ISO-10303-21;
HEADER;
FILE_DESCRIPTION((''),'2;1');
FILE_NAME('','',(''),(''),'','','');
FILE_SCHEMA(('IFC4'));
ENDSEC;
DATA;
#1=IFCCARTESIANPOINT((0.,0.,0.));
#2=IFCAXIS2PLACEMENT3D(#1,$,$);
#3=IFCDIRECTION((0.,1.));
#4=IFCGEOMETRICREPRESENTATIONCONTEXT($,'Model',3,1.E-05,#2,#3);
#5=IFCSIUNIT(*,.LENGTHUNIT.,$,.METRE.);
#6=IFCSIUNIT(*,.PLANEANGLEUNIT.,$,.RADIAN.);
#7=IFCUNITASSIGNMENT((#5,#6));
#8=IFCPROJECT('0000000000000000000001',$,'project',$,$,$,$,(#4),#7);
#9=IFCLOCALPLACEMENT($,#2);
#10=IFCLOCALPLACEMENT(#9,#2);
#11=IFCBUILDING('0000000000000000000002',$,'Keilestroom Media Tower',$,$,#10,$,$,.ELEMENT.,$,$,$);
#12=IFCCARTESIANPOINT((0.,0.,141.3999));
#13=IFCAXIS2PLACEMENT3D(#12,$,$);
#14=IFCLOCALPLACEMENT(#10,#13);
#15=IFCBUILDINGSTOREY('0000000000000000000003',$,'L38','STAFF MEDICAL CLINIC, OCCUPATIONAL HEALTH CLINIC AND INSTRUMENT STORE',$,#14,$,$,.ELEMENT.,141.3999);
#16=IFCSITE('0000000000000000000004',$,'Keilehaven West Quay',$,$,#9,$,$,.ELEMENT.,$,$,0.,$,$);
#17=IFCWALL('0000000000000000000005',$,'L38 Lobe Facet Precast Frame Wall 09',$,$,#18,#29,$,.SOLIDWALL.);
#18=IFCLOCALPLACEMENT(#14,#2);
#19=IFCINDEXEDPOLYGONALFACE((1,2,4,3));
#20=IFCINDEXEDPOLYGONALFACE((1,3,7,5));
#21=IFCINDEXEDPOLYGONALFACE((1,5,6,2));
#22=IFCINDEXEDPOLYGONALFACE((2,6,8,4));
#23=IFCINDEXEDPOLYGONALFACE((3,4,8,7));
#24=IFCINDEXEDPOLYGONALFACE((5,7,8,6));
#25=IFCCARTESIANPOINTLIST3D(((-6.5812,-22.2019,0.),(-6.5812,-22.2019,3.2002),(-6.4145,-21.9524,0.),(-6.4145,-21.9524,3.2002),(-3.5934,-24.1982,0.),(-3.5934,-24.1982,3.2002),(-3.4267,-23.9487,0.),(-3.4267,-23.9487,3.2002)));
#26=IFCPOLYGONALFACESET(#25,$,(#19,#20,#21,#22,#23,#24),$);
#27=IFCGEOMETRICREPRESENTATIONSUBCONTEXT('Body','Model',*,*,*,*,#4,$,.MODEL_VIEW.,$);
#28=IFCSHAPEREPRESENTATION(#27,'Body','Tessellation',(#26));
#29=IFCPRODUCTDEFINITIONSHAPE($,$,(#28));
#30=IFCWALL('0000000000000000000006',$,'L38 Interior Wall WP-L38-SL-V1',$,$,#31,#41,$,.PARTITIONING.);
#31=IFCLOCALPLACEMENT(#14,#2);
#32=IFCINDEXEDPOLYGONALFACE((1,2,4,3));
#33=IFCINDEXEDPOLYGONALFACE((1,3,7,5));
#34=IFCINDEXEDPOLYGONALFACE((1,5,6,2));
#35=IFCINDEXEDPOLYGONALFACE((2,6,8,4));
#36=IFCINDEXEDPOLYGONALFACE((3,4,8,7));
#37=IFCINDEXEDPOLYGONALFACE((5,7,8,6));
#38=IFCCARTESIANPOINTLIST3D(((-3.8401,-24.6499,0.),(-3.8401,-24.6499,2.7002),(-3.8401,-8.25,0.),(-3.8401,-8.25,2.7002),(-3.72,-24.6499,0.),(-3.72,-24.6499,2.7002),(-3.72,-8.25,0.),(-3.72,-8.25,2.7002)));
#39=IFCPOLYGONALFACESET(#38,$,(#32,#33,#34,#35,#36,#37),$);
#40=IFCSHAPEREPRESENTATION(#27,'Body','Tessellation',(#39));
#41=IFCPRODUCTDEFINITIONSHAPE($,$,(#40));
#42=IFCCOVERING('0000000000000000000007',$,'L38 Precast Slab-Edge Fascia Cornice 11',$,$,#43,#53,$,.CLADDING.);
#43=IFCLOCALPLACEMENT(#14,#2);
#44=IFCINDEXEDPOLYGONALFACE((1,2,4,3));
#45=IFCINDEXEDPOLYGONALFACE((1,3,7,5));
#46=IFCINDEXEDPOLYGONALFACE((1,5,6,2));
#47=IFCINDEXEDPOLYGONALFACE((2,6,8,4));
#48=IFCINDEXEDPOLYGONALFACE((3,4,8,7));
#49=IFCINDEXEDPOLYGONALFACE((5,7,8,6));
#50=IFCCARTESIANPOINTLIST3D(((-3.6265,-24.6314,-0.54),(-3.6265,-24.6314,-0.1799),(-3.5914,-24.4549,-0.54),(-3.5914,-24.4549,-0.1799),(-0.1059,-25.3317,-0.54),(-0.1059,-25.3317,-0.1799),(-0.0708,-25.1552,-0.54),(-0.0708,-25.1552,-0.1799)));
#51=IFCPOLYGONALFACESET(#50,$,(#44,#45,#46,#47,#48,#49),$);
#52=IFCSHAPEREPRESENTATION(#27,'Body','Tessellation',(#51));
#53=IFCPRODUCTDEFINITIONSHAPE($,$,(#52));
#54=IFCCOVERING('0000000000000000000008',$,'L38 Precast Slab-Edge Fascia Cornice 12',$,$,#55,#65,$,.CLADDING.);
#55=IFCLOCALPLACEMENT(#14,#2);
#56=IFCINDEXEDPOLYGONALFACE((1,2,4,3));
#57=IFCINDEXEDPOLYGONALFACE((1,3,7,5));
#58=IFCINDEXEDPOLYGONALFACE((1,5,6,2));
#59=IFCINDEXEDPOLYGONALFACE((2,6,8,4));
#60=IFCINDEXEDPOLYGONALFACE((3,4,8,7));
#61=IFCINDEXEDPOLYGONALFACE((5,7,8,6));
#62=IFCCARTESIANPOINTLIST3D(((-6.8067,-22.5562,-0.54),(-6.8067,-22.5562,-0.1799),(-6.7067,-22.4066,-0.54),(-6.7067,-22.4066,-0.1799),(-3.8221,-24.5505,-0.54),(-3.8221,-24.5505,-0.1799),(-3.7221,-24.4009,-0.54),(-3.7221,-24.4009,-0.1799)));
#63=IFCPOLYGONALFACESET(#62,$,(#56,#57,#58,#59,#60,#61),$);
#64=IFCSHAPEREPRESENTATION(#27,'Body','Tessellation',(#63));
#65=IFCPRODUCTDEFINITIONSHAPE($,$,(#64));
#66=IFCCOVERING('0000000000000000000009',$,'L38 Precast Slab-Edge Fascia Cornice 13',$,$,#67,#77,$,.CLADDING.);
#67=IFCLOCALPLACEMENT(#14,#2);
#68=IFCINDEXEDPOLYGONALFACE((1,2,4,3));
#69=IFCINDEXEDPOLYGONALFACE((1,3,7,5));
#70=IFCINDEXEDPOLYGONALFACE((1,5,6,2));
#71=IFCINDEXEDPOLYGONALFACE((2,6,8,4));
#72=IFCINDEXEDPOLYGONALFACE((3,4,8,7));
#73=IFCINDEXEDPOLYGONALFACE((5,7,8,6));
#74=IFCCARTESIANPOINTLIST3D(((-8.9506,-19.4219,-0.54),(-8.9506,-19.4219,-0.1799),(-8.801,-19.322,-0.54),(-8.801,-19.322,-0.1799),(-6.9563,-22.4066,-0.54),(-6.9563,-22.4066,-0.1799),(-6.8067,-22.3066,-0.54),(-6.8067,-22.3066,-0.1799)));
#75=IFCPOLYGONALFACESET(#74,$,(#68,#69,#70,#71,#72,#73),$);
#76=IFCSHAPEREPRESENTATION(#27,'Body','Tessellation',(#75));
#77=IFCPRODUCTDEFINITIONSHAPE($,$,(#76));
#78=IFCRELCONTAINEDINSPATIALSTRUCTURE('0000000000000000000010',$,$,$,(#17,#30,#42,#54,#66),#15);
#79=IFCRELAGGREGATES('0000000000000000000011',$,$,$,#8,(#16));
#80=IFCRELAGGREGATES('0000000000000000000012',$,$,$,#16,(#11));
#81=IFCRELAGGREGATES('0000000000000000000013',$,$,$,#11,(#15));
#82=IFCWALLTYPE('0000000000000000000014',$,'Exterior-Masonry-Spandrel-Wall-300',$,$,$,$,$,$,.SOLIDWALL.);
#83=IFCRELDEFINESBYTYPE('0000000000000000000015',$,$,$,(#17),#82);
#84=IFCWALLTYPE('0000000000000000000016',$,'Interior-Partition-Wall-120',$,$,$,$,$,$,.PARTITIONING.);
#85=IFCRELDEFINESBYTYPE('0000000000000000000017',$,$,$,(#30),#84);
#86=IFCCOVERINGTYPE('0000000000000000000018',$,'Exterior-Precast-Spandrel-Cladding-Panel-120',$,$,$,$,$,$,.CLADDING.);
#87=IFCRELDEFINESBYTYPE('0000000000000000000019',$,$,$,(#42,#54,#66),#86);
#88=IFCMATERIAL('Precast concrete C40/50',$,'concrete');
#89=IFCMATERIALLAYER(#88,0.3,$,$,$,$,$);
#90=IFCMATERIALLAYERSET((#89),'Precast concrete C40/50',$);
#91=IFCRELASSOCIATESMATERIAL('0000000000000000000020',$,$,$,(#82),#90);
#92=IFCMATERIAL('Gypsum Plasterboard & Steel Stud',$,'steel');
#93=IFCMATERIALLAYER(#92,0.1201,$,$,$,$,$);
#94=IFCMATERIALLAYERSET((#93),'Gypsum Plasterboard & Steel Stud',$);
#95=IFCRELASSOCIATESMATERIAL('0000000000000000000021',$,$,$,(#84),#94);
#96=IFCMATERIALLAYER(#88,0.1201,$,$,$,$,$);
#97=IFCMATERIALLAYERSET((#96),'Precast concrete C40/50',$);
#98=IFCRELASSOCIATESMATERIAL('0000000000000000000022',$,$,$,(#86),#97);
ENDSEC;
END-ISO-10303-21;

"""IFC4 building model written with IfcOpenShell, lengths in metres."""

from ifc_helpers import new_model, si_unit, direction, frame, frame_2d, origin, origin_2d, place, context, subcontext, project, spatial, rectangle, extrude, source, transform, mapped, material, layer, layer_set, type_object, element, save


model = new_model("IFC4")

# Units and contexts
model_context = context("Model", 3, precision=1e-05, world=origin(), true_north=direction((0.0, 1.0)))
body_context = subcontext(model_context, "Body", "Model", "MODEL_VIEW")
ifc_project = project(units=[si_unit("LENGTHUNIT", "METRE"), si_unit("PLANEANGLEUNIT", "RADIAN")], contexts=[model_context])

# Site, building, storey
site_placement = place(None, origin())
site = spatial("IfcSite", under=ifc_project, at=site_placement, Name="Keilehaven West Quay", CompositionType="ELEMENT", RefElevation=0.0)
building_placement = place(site_placement, origin())
building = spatial("IfcBuilding", under=site, at=building_placement, Name="Keilestroom Media Tower", CompositionType="ELEMENT")
storey_placement = place(building_placement, frame((0.0, 0.0, 141.3999)))
storey = spatial("IfcBuildingStorey", under=building, at=storey_placement, Name="L38", Description="STAFF MEDICAL CLINIC, OCCUPATIONAL HEALTH CLINIC AND INSTRUMENT STORE", CompositionType="ELEMENT", Elevation=141.3999)

# Walls
ifc_material_1 = material(Name="Precast concrete C40/50", Category="concrete")
ifc_layer_1 = layer(ifc_material_1, 0.3)
ifc_layer_set_1 = layer_set([ifc_layer_1], Name="Precast concrete C40/50")
wall_type_1 = type_object("IfcWallType", Name="Exterior-Masonry-Spandrel-Wall-300", PredefinedType="SOLIDWALL", material=ifc_layer_set_1)
wall_1_placement = place(storey_placement, frame((-6.4978, -22.0771, 0.0), z_axis=(0.0, 0.0, 1.0), x_axis=(0.831475, -0.555562, 0.0)))
element("IfcWall", 1, at=wall_1_placement, inside=storey, type_object=wall_type_1, Name="L38 Lobe Facet Precast Frame Wall 09", PredefinedType="SOLIDWALL", context=body_context, shape_type="SweptSolid", body=[
    extrude(rectangle(XDim=3.5933, YDim=0.3, at=frame_2d((1.7966, 0.0))), origin(), (0.0, 0.0, 1.0), 3.2002),
])
ifc_material_2 = material(Name="Gypsum Plasterboard & Steel Stud", Category="steel")
ifc_layer_2 = layer(ifc_material_2, 0.1201)
ifc_layer_set_2 = layer_set([ifc_layer_2], Name="Gypsum Plasterboard & Steel Stud")
wall_type_2 = type_object("IfcWallType", Name="Interior-Partition-Wall-120", PredefinedType="PARTITIONING", material=ifc_layer_set_2)
wall_2_placement = place(storey_placement, frame((-3.78, -24.6499, 0.0), z_axis=(0.0, 0.0, 1.0), x_axis=(0.0, 1.0, 0.0)))
element("IfcWall", 2, at=wall_2_placement, inside=storey, type_object=wall_type_2, Name="L38 Interior Wall WP-L38-SL-V1", PredefinedType="PARTITIONING", context=body_context, shape_type="SweptSolid", body=[
    extrude(rectangle(XDim=16.3999, YDim=0.1201, at=frame_2d((8.2, 0.0))), origin(), (0.0, 0.0, 1.0), 2.7002),
])

# Coverings
ifc_layer_3 = layer(ifc_material_1, 0.1201)
ifc_layer_set_3 = layer_set([ifc_layer_3], Name="Precast concrete C40/50")
covering_type = type_object("IfcCoveringType", Name="Exterior-Precast-Spandrel-Cladding-Panel-120", PredefinedType="CLADDING", material=ifc_layer_set_3)
shared_shape_1 = source(origin(), body_context, "Body", "SweptSolid", [
    extrude(rectangle(XDim=3.5896, YDim=0.1799, at=origin_2d()), origin(), (0.0, 0.0, 1.0), 0.3601),
])
for number, where, z_axis, x_axis, name in (
    (3, (-1.8486, -24.8933, -0.54), (0.0, 0.0, 1.0), (-0.980784, 0.195099, 0.0), "L38 Precast Slab-Edge Fascia Cornice 11"),
    (4, (-5.2644, -23.4785, -0.54), (0.0, 0.0, 1.0), (-0.831467, 0.555575, 0.0), "L38 Precast Slab-Edge Fascia Cornice 12"),
    (5, (-7.8787, -20.8643, -0.54), (0.0, 0.0, 1.0), (-0.555575, 0.831467, 0.0), "L38 Precast Slab-Edge Fascia Cornice 13"),
):
    element("IfcCovering", number, at=place(storey_placement, frame(where, z_axis=z_axis, x_axis=x_axis)), inside=storey, type_object=covering_type, Name=name, PredefinedType="CLADDING", context=body_context, shape_type="MappedRepresentation", body=[
        mapped(shared_shape_1, transform((0.0, 0.0, 0.0), x_axis=(1.0, 0.0, 0.0), y_axis=(0.0, 1.0, 0.0), z_axis=(0.0, 0.0, 1.0), scale=1.0)),
    ])

save(model, "model.ifc")
